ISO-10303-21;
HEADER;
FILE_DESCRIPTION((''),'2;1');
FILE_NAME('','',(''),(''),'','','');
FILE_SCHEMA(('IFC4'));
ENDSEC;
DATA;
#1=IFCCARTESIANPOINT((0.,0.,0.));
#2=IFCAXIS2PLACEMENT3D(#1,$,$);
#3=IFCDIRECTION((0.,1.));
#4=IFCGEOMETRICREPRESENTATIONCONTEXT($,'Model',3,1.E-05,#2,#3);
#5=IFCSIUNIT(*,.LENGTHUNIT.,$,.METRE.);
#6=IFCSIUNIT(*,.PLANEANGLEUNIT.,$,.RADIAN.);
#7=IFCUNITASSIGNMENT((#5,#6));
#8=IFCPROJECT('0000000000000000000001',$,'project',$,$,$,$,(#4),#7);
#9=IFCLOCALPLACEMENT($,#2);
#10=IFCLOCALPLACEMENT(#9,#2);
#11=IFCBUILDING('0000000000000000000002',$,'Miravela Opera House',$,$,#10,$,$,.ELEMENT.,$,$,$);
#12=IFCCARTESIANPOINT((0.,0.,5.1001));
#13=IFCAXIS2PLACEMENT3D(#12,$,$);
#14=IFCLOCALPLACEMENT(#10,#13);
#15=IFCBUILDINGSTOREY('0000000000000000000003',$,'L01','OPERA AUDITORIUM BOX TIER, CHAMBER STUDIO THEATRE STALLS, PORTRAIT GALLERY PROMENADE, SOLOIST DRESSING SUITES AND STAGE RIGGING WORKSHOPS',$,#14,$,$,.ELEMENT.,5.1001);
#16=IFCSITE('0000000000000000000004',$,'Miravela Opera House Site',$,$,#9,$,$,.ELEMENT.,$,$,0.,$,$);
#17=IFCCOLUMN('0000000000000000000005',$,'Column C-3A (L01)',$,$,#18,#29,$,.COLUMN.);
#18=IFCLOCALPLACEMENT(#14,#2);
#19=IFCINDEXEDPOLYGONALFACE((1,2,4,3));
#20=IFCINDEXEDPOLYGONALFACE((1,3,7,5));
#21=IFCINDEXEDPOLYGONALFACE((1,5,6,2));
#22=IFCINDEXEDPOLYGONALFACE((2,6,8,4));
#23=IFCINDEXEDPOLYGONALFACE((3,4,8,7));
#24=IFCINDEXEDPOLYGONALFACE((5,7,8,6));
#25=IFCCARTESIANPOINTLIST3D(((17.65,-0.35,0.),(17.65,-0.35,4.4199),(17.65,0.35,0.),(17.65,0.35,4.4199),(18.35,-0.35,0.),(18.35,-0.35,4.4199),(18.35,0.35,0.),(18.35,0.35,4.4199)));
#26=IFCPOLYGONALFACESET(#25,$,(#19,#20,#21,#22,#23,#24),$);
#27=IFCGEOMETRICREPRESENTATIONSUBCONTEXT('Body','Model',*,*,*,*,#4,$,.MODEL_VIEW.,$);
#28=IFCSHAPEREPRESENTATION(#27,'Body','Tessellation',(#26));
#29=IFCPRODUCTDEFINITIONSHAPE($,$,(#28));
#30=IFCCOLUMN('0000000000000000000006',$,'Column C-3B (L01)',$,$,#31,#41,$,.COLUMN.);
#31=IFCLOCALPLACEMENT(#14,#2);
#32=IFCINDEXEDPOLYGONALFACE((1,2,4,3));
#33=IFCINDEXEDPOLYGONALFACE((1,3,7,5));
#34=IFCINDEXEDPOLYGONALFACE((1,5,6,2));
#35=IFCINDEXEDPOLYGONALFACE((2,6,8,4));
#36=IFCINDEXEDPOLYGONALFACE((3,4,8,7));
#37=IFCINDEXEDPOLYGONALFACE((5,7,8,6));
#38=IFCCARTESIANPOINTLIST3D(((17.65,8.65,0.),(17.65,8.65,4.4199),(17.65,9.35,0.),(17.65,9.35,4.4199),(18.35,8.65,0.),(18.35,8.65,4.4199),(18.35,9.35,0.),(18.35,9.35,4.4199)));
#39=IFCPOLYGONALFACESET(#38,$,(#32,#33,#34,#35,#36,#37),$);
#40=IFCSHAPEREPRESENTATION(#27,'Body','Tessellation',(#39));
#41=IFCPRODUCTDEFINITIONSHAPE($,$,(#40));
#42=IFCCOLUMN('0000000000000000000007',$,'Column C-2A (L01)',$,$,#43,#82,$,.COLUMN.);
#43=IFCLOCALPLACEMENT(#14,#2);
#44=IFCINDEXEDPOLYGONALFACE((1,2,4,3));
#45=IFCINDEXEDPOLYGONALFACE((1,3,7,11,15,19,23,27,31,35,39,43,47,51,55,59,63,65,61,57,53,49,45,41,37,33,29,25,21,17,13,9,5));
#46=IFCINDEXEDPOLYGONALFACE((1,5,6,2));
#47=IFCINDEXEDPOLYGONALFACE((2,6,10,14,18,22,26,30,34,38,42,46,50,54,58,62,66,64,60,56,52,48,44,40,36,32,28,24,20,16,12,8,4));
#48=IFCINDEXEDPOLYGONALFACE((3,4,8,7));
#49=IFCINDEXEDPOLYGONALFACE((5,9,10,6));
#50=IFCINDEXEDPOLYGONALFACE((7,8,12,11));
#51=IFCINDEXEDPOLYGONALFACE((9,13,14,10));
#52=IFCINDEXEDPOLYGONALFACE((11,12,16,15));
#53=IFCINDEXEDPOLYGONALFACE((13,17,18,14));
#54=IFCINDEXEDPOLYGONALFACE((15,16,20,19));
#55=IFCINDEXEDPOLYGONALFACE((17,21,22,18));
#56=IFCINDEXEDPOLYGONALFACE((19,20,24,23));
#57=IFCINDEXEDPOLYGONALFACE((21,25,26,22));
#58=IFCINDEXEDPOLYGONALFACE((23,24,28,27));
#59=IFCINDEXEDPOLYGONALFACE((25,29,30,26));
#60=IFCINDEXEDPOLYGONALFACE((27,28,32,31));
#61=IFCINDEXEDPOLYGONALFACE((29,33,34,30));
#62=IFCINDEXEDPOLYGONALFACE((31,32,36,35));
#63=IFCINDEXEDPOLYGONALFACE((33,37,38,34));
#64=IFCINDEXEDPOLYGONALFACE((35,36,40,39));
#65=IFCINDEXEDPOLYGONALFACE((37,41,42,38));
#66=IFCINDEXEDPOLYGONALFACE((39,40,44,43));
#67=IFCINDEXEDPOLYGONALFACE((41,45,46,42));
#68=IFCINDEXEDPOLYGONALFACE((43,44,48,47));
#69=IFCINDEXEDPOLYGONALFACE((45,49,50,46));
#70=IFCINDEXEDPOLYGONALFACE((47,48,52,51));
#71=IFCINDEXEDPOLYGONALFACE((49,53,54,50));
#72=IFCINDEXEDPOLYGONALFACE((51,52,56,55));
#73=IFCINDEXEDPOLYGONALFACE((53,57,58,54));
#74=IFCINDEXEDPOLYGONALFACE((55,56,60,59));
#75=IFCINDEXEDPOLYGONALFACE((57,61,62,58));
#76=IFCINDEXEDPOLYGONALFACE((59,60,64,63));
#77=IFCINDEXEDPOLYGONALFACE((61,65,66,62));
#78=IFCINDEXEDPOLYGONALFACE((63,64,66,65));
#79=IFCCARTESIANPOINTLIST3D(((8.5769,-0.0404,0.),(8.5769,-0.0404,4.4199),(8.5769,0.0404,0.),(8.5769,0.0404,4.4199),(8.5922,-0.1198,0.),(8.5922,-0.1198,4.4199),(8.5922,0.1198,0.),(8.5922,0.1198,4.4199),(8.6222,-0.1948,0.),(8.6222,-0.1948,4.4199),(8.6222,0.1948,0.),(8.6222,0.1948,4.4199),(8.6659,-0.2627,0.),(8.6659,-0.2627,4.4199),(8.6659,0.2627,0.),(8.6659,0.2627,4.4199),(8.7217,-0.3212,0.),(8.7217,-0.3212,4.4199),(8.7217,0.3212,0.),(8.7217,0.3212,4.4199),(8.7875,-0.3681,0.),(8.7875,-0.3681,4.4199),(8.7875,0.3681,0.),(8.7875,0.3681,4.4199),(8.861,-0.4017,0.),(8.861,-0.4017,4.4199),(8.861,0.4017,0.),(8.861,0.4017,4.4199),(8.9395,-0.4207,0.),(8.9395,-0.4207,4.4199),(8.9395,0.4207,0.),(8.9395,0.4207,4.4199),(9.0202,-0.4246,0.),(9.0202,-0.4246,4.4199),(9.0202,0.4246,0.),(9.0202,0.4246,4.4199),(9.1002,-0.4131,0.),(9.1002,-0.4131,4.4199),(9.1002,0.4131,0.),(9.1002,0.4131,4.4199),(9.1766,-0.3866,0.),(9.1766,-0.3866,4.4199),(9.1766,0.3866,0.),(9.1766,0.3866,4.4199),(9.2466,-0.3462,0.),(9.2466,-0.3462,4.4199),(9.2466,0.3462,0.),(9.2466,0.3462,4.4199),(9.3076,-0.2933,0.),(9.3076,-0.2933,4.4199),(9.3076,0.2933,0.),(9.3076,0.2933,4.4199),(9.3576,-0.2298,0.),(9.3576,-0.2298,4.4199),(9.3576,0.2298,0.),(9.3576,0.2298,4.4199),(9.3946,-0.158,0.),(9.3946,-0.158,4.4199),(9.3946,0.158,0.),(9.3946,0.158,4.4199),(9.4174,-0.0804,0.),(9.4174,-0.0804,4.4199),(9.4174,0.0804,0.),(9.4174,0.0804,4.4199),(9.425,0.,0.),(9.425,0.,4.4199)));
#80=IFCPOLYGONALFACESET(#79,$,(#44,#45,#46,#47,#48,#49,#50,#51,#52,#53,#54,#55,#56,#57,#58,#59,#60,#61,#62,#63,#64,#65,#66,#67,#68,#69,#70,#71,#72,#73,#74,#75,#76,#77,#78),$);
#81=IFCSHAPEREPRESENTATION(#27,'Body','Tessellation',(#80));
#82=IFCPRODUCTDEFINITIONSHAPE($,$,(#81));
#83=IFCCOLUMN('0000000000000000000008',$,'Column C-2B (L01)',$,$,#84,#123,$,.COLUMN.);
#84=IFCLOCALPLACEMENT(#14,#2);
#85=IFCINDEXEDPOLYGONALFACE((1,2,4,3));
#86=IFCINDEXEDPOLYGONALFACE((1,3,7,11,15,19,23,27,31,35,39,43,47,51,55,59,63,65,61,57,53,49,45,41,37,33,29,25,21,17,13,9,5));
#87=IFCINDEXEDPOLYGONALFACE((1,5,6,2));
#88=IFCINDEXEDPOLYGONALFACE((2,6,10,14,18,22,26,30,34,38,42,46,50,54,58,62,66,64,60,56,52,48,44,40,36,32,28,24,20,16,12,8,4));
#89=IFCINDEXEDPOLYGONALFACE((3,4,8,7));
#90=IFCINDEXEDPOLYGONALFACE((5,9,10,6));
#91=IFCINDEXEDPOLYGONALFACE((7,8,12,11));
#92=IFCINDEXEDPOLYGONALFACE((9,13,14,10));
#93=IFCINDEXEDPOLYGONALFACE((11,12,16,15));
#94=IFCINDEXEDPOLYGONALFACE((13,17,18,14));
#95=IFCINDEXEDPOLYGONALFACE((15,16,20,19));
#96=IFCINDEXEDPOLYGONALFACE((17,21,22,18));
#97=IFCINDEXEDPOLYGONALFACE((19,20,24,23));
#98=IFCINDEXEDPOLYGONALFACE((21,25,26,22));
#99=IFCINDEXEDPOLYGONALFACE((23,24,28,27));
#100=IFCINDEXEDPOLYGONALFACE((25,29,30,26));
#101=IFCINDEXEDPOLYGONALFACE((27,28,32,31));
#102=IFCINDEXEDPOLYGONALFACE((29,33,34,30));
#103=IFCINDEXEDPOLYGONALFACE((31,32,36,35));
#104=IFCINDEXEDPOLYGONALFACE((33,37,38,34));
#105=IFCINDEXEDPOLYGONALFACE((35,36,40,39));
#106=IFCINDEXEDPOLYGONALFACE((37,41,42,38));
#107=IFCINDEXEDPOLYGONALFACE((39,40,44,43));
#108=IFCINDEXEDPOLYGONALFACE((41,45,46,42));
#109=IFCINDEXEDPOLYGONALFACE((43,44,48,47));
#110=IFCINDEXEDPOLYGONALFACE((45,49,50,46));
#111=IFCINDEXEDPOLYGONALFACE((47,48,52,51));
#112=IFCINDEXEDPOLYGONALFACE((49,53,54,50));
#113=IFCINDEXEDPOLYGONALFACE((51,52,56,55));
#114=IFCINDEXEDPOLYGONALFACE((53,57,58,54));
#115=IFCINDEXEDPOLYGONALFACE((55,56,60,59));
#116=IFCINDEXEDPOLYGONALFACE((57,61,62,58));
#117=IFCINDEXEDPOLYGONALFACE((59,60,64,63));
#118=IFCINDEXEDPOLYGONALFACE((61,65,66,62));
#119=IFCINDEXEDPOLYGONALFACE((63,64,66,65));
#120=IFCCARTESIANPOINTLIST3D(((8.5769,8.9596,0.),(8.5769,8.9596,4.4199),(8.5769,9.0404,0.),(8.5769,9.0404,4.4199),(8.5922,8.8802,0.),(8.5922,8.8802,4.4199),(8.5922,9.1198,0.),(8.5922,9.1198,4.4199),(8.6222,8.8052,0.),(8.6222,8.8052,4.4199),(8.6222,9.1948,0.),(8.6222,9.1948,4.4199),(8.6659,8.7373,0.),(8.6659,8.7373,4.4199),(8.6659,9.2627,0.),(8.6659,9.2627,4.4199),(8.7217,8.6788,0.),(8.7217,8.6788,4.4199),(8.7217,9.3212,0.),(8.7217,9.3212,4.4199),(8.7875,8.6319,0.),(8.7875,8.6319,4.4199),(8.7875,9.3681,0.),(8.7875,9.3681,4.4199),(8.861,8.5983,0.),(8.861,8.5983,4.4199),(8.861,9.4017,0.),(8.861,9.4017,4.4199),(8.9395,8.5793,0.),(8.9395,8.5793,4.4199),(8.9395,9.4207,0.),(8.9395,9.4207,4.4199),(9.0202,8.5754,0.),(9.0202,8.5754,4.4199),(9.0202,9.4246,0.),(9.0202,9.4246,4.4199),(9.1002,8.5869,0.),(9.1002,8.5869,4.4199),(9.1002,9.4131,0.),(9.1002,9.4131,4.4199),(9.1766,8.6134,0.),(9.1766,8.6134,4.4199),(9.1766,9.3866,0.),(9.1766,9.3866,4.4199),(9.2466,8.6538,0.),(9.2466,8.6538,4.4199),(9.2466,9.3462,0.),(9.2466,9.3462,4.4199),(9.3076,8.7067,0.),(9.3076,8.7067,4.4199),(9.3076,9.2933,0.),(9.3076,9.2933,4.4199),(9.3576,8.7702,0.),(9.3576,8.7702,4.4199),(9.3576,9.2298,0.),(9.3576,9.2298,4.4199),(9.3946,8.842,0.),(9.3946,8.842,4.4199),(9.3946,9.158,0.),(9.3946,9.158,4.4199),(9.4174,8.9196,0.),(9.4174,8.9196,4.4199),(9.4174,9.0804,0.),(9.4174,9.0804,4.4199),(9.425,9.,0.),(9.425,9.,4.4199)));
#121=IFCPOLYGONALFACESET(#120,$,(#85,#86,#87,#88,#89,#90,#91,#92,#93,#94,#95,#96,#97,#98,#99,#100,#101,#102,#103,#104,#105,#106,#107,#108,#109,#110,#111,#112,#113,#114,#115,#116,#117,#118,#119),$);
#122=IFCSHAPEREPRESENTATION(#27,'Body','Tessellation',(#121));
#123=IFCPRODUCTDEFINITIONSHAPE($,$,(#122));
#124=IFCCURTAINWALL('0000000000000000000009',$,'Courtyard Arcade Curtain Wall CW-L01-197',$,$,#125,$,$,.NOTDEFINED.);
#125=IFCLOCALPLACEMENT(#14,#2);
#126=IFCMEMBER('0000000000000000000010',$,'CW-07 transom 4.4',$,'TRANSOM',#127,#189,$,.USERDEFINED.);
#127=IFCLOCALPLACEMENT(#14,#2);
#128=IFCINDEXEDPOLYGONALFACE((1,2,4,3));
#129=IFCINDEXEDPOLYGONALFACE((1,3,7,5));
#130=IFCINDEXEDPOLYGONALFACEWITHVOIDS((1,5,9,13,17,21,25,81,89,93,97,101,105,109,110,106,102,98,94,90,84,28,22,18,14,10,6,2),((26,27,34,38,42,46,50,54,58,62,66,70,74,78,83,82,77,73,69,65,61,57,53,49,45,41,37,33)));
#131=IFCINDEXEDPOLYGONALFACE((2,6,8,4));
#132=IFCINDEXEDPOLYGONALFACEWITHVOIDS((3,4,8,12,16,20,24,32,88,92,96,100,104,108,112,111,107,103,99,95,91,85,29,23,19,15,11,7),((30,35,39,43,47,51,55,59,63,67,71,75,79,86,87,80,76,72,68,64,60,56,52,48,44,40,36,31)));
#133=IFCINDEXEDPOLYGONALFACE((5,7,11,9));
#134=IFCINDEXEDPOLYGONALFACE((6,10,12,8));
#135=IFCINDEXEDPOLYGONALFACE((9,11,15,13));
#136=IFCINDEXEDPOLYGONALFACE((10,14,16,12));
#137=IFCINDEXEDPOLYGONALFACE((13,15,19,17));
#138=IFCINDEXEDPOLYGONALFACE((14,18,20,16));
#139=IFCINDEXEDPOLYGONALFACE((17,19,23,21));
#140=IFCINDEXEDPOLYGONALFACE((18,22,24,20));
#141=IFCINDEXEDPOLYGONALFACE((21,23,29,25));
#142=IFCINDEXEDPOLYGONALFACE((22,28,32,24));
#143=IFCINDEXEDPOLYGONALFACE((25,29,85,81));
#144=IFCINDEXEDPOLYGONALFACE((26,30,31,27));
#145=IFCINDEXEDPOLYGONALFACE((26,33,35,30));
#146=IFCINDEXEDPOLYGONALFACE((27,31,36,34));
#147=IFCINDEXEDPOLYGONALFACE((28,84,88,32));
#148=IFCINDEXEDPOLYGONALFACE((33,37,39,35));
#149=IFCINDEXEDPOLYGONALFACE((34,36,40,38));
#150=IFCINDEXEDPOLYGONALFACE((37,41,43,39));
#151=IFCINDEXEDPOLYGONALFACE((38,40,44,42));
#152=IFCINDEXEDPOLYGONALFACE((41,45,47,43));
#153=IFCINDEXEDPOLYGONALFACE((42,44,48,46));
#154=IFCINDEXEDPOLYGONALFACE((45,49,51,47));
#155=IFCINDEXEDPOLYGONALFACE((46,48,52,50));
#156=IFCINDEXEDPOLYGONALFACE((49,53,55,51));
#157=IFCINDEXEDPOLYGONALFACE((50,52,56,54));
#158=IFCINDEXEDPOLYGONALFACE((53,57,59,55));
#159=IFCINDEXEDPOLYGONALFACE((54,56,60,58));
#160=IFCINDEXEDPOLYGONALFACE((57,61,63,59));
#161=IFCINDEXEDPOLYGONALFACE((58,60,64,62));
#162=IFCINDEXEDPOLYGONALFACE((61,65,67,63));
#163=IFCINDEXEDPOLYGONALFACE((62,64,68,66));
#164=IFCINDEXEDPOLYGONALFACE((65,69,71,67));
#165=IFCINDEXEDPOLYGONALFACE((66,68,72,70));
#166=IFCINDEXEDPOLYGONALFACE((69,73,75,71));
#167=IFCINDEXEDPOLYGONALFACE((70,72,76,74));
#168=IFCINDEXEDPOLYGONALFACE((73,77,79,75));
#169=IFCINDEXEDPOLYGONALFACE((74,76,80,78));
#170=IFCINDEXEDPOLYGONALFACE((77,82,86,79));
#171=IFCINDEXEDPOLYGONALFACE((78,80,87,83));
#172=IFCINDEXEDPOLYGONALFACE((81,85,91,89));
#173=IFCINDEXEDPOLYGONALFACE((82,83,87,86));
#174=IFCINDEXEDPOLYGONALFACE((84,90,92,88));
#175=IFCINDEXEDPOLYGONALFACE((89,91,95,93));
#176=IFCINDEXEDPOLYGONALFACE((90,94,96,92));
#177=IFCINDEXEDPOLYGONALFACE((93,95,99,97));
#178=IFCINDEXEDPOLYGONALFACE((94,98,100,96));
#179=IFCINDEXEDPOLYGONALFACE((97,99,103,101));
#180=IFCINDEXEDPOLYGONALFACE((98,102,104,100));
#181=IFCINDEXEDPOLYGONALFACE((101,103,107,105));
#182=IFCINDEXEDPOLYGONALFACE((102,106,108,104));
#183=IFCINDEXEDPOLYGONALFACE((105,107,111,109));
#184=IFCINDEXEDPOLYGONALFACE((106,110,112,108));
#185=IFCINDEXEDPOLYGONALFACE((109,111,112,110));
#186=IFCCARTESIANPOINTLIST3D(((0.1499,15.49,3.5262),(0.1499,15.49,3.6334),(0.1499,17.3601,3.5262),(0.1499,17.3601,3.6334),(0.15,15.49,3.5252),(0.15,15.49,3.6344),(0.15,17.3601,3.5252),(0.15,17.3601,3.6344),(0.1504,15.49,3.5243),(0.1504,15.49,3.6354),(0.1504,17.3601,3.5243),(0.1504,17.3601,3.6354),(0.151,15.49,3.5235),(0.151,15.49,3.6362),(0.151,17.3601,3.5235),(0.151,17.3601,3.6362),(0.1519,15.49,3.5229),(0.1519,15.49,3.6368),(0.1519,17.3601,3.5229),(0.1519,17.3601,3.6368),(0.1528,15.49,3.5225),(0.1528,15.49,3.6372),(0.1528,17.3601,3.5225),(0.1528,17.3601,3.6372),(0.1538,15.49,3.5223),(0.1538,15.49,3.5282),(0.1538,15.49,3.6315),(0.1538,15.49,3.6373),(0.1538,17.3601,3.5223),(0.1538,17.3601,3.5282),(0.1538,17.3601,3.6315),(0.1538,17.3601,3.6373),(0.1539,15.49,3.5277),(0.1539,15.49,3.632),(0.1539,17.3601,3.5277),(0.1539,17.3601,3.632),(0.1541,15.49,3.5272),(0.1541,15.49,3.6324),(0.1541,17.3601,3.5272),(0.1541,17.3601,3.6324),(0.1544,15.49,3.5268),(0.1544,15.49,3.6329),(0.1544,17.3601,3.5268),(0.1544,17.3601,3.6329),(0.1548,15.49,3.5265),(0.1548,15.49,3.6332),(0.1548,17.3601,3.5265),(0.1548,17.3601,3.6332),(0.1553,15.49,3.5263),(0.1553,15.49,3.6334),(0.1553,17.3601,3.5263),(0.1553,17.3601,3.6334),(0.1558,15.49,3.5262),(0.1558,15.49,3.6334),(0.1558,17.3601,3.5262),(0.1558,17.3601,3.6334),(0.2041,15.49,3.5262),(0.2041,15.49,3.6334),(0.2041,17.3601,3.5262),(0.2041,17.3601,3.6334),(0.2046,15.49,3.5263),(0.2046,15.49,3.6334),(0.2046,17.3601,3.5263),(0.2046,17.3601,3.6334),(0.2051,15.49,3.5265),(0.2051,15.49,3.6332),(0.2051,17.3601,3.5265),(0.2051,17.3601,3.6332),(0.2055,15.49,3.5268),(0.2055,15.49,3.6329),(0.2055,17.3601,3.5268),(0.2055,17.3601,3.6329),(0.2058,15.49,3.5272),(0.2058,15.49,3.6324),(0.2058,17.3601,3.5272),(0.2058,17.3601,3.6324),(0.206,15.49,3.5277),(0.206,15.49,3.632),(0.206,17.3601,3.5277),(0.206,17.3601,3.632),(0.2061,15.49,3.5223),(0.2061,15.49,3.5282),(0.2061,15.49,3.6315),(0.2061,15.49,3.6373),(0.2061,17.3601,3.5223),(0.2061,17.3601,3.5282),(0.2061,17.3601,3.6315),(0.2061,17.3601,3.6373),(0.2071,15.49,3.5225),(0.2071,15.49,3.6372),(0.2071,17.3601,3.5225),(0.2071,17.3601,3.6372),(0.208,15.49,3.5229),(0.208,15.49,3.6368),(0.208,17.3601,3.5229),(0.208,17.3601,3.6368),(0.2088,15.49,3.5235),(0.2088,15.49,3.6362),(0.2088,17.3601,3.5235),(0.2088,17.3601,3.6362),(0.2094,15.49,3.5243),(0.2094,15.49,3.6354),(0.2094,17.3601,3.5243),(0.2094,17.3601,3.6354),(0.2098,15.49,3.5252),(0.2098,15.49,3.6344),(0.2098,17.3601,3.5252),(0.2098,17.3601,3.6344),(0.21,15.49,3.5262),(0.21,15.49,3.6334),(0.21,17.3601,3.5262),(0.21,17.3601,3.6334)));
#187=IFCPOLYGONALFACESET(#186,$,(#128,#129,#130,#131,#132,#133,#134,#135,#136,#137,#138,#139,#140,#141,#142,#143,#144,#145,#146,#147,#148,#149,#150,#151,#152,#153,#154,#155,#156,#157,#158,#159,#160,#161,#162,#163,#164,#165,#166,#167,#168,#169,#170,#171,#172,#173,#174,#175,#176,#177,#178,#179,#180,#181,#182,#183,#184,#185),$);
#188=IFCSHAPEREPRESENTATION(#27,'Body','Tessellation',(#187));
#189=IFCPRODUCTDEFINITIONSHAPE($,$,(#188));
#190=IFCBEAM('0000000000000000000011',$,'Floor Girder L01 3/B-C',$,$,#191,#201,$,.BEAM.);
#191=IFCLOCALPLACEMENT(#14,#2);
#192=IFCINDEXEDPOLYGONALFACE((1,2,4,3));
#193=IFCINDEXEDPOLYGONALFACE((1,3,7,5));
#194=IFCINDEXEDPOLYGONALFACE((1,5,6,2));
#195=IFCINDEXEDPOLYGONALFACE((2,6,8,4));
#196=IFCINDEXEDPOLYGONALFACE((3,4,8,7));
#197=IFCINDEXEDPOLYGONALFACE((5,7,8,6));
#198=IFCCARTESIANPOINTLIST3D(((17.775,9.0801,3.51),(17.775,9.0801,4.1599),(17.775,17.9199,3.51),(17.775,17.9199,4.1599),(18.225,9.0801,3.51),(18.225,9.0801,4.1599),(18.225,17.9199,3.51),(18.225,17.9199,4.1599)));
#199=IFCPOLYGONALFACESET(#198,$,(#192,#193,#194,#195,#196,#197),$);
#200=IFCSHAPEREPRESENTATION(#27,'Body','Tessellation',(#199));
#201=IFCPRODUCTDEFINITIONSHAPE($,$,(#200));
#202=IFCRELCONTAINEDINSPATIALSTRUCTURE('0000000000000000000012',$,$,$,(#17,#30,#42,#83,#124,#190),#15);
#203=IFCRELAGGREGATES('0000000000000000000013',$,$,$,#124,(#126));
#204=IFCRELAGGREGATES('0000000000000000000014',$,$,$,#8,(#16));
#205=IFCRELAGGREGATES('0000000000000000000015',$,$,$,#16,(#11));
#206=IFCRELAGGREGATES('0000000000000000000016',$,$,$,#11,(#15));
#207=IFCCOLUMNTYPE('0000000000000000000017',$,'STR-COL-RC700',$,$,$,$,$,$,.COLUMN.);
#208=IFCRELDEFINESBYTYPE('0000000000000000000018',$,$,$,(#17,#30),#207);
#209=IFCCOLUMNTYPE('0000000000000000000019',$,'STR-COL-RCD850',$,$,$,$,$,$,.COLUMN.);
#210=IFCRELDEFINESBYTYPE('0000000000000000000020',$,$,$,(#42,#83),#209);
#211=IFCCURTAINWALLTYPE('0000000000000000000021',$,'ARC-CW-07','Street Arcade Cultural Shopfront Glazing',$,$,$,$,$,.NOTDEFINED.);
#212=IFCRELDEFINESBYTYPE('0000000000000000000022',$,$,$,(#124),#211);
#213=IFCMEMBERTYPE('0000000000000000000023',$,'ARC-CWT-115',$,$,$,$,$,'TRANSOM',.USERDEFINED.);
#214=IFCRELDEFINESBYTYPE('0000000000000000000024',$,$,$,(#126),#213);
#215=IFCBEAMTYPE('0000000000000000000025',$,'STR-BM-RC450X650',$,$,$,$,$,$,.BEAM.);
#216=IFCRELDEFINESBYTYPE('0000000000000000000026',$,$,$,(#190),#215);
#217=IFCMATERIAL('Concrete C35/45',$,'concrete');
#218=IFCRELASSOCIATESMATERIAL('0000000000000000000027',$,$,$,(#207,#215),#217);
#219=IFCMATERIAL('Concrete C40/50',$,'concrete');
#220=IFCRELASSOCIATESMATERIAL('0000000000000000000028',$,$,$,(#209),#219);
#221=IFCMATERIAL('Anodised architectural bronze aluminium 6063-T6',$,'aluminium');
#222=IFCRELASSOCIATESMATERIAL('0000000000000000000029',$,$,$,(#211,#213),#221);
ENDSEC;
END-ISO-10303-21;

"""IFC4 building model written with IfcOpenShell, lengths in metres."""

from ifc_helpers import new_model, si_unit, direction, frame, origin, origin_2d, place, context, subcontext, project, spatial, rectangle, hollow_rectangle, circle, extrude, material, material_profile, profile_set, type_object, element, aggregate, save


model = new_model("IFC4")

# Units and contexts
model_context = context("Model", 3, precision=1e-05, world=origin(), true_north=direction((0.0, 1.0)))
body_context = subcontext(model_context, "Body", "Model", "MODEL_VIEW")
ifc_project = project(units=[si_unit("LENGTHUNIT", "METRE"), si_unit("PLANEANGLEUNIT", "RADIAN")], contexts=[model_context])

# Site, building, storey
site_placement = place(None, origin())
site = spatial("IfcSite", under=ifc_project, at=site_placement, Name="Miravela Opera House Site", CompositionType="ELEMENT", RefElevation=0.0)
building_placement = place(site_placement, origin())
building = spatial("IfcBuilding", under=site, at=building_placement, Name="Miravela Opera House", CompositionType="ELEMENT")
storey_placement = place(building_placement, frame((0.0, 0.0, 5.1001)))
storey = spatial("IfcBuildingStorey", under=building, at=storey_placement, Name="L01", Description="OPERA AUDITORIUM BOX TIER, CHAMBER STUDIO THEATRE STALLS, PORTRAIT GALLERY PROMENADE, SOLOIST DRESSING SUITES AND STAGE RIGGING WORKSHOPS", CompositionType="ELEMENT", Elevation=5.1001)

# Columns
ifc_material_1 = material(Name="Concrete C35/45", Category="concrete")
ifc_material_profile_1 = material_profile(ifc_material_1, rectangle(XDim=0.7, YDim=0.7, at=origin_2d()), Name="RC-COL-700X700")
ifc_profile_set_1 = profile_set([ifc_material_profile_1])
column_type_1 = type_object("IfcColumnType", Name="STR-COL-RC700", PredefinedType="COLUMN", material=ifc_profile_set_1)
for number, where, z_axis, x_axis, name in (
    (1, (18.0, 0.0, 0.0), (0.0, 0.0, 1.0), (1.0, 0.0, 0.0), "Column C-3A (L01)"),
    (2, (18.0, 9.0, 0.0), (0.0, 0.0, 1.0), (1.0, 0.0, 0.0), "Column C-3B (L01)"),
):
    element("IfcColumn", number, at=place(storey_placement, frame(where, z_axis=z_axis, x_axis=x_axis)), inside=storey, type_object=column_type_1, Name=name, PredefinedType="COLUMN", context=body_context, shape_type="SweptSolid", body=[
        extrude(rectangle(XDim=0.7, YDim=0.7, at=origin_2d()), origin(), (0.0, 0.0, 1.0), 4.4199),
    ])
ifc_material_2 = material(Name="Concrete C40/50", Category="concrete")
ifc_material_profile_2 = material_profile(ifc_material_2, circle(Radius=0.425, at=origin_2d()), Name="RC-COL-D850")
ifc_profile_set_2 = profile_set([ifc_material_profile_2])
column_type_2 = type_object("IfcColumnType", Name="STR-COL-RCD850", PredefinedType="COLUMN", material=ifc_profile_set_2)
for number, where, z_axis, x_axis, name in (
    (3, (9.0, 0.0, 0.0), (0.0, 0.0, 1.0), (1.0, 0.0, 0.0), "Column C-2A (L01)"),
    (4, (9.0, 9.0, 0.0), (0.0, 0.0, 1.0), (1.0, 0.0, 0.0), "Column C-2B (L01)"),
):
    element("IfcColumn", number, at=place(storey_placement, frame(where, z_axis=z_axis, x_axis=x_axis)), inside=storey, type_object=column_type_2, Name=name, PredefinedType="COLUMN", context=body_context, shape_type="SweptSolid", body=[
        extrude(circle(Radius=0.425, at=origin_2d()), origin(), (0.0, 0.0, 1.0), 4.4199),
    ])

# Curtain wall, member
ifc_material_3 = material(Name="Anodised architectural bronze aluminium 6063-T6", Category="aluminium")
curtain_wall_type = type_object("IfcCurtainWallType", Name="ARC-CW-07", Description="Street Arcade Cultural Shopfront Glazing", PredefinedType="NOTDEFINED", material=ifc_material_3)
curtain_wall_placement = place(storey_placement, origin())
curtain_wall = element("IfcCurtainWall", 5, at=curtain_wall_placement, inside=storey, type_object=curtain_wall_type, Name="Courtyard Arcade Curtain Wall CW-L01-197", PredefinedType="NOTDEFINED")
ifc_material_profile_3 = material_profile(ifc_material_3, hollow_rectangle(XDim=0.0601, YDim=0.115, WallThickness=0.0039, InnerFilletRadius=0.002, OuterFilletRadius=0.0039, at=origin_2d()), Name="CWT-60X115")
ifc_profile_set_3 = profile_set([ifc_material_profile_3])
member_type = type_object("IfcMemberType", Name="ARC-CWT-115", ElementType="TRANSOM", PredefinedType="USERDEFINED", material=ifc_profile_set_3)
member_placement = place(storey_placement, frame((0.1799, 15.49, 3.5798), z_axis=(0.0, 1.0, 0.0), x_axis=(-1.0, 0.0, 0.0)))
member = element("IfcMember", 6, at=member_placement, type_object=member_type, Name="CW-07 transom 4.4", ObjectType="TRANSOM", PredefinedType="USERDEFINED", context=body_context, shape_type="SweptSolid", body=[
    extrude(hollow_rectangle(XDim=0.0601, YDim=0.115, WallThickness=0.0039, InnerFilletRadius=0.002, OuterFilletRadius=0.0039, at=origin_2d()), origin(), (0.0, 0.0, 1.0), 1.8701),
])
aggregate(curtain_wall, [member])

# Beam
ifc_material_profile_4 = material_profile(ifc_material_1, rectangle(XDim=0.45, YDim=0.6499, at=origin_2d()), Name="RC-BM-450X650")
ifc_profile_set_4 = profile_set([ifc_material_profile_4])
beam_type_1 = type_object("IfcBeamType", Name="STR-BM-RC450X650", PredefinedType="BEAM", material=ifc_profile_set_4)
beam_1_placement = place(storey_placement, frame((18.0, 9.0801, 3.835), z_axis=(0.0, 1.0, 0.0), x_axis=(-1.0, 0.0, 0.0)))
element("IfcBeam", 7, at=beam_1_placement, inside=storey, type_object=beam_type_1, Name="Floor Girder L01 3/B-C", PredefinedType="BEAM", context=body_context, shape_type="SweptSolid", body=[
    extrude(rectangle(XDim=0.45, YDim=0.6499, at=origin_2d()), origin(), (0.0, 0.0, 1.0), 8.8398),
])

save(model, "model.ifc")
